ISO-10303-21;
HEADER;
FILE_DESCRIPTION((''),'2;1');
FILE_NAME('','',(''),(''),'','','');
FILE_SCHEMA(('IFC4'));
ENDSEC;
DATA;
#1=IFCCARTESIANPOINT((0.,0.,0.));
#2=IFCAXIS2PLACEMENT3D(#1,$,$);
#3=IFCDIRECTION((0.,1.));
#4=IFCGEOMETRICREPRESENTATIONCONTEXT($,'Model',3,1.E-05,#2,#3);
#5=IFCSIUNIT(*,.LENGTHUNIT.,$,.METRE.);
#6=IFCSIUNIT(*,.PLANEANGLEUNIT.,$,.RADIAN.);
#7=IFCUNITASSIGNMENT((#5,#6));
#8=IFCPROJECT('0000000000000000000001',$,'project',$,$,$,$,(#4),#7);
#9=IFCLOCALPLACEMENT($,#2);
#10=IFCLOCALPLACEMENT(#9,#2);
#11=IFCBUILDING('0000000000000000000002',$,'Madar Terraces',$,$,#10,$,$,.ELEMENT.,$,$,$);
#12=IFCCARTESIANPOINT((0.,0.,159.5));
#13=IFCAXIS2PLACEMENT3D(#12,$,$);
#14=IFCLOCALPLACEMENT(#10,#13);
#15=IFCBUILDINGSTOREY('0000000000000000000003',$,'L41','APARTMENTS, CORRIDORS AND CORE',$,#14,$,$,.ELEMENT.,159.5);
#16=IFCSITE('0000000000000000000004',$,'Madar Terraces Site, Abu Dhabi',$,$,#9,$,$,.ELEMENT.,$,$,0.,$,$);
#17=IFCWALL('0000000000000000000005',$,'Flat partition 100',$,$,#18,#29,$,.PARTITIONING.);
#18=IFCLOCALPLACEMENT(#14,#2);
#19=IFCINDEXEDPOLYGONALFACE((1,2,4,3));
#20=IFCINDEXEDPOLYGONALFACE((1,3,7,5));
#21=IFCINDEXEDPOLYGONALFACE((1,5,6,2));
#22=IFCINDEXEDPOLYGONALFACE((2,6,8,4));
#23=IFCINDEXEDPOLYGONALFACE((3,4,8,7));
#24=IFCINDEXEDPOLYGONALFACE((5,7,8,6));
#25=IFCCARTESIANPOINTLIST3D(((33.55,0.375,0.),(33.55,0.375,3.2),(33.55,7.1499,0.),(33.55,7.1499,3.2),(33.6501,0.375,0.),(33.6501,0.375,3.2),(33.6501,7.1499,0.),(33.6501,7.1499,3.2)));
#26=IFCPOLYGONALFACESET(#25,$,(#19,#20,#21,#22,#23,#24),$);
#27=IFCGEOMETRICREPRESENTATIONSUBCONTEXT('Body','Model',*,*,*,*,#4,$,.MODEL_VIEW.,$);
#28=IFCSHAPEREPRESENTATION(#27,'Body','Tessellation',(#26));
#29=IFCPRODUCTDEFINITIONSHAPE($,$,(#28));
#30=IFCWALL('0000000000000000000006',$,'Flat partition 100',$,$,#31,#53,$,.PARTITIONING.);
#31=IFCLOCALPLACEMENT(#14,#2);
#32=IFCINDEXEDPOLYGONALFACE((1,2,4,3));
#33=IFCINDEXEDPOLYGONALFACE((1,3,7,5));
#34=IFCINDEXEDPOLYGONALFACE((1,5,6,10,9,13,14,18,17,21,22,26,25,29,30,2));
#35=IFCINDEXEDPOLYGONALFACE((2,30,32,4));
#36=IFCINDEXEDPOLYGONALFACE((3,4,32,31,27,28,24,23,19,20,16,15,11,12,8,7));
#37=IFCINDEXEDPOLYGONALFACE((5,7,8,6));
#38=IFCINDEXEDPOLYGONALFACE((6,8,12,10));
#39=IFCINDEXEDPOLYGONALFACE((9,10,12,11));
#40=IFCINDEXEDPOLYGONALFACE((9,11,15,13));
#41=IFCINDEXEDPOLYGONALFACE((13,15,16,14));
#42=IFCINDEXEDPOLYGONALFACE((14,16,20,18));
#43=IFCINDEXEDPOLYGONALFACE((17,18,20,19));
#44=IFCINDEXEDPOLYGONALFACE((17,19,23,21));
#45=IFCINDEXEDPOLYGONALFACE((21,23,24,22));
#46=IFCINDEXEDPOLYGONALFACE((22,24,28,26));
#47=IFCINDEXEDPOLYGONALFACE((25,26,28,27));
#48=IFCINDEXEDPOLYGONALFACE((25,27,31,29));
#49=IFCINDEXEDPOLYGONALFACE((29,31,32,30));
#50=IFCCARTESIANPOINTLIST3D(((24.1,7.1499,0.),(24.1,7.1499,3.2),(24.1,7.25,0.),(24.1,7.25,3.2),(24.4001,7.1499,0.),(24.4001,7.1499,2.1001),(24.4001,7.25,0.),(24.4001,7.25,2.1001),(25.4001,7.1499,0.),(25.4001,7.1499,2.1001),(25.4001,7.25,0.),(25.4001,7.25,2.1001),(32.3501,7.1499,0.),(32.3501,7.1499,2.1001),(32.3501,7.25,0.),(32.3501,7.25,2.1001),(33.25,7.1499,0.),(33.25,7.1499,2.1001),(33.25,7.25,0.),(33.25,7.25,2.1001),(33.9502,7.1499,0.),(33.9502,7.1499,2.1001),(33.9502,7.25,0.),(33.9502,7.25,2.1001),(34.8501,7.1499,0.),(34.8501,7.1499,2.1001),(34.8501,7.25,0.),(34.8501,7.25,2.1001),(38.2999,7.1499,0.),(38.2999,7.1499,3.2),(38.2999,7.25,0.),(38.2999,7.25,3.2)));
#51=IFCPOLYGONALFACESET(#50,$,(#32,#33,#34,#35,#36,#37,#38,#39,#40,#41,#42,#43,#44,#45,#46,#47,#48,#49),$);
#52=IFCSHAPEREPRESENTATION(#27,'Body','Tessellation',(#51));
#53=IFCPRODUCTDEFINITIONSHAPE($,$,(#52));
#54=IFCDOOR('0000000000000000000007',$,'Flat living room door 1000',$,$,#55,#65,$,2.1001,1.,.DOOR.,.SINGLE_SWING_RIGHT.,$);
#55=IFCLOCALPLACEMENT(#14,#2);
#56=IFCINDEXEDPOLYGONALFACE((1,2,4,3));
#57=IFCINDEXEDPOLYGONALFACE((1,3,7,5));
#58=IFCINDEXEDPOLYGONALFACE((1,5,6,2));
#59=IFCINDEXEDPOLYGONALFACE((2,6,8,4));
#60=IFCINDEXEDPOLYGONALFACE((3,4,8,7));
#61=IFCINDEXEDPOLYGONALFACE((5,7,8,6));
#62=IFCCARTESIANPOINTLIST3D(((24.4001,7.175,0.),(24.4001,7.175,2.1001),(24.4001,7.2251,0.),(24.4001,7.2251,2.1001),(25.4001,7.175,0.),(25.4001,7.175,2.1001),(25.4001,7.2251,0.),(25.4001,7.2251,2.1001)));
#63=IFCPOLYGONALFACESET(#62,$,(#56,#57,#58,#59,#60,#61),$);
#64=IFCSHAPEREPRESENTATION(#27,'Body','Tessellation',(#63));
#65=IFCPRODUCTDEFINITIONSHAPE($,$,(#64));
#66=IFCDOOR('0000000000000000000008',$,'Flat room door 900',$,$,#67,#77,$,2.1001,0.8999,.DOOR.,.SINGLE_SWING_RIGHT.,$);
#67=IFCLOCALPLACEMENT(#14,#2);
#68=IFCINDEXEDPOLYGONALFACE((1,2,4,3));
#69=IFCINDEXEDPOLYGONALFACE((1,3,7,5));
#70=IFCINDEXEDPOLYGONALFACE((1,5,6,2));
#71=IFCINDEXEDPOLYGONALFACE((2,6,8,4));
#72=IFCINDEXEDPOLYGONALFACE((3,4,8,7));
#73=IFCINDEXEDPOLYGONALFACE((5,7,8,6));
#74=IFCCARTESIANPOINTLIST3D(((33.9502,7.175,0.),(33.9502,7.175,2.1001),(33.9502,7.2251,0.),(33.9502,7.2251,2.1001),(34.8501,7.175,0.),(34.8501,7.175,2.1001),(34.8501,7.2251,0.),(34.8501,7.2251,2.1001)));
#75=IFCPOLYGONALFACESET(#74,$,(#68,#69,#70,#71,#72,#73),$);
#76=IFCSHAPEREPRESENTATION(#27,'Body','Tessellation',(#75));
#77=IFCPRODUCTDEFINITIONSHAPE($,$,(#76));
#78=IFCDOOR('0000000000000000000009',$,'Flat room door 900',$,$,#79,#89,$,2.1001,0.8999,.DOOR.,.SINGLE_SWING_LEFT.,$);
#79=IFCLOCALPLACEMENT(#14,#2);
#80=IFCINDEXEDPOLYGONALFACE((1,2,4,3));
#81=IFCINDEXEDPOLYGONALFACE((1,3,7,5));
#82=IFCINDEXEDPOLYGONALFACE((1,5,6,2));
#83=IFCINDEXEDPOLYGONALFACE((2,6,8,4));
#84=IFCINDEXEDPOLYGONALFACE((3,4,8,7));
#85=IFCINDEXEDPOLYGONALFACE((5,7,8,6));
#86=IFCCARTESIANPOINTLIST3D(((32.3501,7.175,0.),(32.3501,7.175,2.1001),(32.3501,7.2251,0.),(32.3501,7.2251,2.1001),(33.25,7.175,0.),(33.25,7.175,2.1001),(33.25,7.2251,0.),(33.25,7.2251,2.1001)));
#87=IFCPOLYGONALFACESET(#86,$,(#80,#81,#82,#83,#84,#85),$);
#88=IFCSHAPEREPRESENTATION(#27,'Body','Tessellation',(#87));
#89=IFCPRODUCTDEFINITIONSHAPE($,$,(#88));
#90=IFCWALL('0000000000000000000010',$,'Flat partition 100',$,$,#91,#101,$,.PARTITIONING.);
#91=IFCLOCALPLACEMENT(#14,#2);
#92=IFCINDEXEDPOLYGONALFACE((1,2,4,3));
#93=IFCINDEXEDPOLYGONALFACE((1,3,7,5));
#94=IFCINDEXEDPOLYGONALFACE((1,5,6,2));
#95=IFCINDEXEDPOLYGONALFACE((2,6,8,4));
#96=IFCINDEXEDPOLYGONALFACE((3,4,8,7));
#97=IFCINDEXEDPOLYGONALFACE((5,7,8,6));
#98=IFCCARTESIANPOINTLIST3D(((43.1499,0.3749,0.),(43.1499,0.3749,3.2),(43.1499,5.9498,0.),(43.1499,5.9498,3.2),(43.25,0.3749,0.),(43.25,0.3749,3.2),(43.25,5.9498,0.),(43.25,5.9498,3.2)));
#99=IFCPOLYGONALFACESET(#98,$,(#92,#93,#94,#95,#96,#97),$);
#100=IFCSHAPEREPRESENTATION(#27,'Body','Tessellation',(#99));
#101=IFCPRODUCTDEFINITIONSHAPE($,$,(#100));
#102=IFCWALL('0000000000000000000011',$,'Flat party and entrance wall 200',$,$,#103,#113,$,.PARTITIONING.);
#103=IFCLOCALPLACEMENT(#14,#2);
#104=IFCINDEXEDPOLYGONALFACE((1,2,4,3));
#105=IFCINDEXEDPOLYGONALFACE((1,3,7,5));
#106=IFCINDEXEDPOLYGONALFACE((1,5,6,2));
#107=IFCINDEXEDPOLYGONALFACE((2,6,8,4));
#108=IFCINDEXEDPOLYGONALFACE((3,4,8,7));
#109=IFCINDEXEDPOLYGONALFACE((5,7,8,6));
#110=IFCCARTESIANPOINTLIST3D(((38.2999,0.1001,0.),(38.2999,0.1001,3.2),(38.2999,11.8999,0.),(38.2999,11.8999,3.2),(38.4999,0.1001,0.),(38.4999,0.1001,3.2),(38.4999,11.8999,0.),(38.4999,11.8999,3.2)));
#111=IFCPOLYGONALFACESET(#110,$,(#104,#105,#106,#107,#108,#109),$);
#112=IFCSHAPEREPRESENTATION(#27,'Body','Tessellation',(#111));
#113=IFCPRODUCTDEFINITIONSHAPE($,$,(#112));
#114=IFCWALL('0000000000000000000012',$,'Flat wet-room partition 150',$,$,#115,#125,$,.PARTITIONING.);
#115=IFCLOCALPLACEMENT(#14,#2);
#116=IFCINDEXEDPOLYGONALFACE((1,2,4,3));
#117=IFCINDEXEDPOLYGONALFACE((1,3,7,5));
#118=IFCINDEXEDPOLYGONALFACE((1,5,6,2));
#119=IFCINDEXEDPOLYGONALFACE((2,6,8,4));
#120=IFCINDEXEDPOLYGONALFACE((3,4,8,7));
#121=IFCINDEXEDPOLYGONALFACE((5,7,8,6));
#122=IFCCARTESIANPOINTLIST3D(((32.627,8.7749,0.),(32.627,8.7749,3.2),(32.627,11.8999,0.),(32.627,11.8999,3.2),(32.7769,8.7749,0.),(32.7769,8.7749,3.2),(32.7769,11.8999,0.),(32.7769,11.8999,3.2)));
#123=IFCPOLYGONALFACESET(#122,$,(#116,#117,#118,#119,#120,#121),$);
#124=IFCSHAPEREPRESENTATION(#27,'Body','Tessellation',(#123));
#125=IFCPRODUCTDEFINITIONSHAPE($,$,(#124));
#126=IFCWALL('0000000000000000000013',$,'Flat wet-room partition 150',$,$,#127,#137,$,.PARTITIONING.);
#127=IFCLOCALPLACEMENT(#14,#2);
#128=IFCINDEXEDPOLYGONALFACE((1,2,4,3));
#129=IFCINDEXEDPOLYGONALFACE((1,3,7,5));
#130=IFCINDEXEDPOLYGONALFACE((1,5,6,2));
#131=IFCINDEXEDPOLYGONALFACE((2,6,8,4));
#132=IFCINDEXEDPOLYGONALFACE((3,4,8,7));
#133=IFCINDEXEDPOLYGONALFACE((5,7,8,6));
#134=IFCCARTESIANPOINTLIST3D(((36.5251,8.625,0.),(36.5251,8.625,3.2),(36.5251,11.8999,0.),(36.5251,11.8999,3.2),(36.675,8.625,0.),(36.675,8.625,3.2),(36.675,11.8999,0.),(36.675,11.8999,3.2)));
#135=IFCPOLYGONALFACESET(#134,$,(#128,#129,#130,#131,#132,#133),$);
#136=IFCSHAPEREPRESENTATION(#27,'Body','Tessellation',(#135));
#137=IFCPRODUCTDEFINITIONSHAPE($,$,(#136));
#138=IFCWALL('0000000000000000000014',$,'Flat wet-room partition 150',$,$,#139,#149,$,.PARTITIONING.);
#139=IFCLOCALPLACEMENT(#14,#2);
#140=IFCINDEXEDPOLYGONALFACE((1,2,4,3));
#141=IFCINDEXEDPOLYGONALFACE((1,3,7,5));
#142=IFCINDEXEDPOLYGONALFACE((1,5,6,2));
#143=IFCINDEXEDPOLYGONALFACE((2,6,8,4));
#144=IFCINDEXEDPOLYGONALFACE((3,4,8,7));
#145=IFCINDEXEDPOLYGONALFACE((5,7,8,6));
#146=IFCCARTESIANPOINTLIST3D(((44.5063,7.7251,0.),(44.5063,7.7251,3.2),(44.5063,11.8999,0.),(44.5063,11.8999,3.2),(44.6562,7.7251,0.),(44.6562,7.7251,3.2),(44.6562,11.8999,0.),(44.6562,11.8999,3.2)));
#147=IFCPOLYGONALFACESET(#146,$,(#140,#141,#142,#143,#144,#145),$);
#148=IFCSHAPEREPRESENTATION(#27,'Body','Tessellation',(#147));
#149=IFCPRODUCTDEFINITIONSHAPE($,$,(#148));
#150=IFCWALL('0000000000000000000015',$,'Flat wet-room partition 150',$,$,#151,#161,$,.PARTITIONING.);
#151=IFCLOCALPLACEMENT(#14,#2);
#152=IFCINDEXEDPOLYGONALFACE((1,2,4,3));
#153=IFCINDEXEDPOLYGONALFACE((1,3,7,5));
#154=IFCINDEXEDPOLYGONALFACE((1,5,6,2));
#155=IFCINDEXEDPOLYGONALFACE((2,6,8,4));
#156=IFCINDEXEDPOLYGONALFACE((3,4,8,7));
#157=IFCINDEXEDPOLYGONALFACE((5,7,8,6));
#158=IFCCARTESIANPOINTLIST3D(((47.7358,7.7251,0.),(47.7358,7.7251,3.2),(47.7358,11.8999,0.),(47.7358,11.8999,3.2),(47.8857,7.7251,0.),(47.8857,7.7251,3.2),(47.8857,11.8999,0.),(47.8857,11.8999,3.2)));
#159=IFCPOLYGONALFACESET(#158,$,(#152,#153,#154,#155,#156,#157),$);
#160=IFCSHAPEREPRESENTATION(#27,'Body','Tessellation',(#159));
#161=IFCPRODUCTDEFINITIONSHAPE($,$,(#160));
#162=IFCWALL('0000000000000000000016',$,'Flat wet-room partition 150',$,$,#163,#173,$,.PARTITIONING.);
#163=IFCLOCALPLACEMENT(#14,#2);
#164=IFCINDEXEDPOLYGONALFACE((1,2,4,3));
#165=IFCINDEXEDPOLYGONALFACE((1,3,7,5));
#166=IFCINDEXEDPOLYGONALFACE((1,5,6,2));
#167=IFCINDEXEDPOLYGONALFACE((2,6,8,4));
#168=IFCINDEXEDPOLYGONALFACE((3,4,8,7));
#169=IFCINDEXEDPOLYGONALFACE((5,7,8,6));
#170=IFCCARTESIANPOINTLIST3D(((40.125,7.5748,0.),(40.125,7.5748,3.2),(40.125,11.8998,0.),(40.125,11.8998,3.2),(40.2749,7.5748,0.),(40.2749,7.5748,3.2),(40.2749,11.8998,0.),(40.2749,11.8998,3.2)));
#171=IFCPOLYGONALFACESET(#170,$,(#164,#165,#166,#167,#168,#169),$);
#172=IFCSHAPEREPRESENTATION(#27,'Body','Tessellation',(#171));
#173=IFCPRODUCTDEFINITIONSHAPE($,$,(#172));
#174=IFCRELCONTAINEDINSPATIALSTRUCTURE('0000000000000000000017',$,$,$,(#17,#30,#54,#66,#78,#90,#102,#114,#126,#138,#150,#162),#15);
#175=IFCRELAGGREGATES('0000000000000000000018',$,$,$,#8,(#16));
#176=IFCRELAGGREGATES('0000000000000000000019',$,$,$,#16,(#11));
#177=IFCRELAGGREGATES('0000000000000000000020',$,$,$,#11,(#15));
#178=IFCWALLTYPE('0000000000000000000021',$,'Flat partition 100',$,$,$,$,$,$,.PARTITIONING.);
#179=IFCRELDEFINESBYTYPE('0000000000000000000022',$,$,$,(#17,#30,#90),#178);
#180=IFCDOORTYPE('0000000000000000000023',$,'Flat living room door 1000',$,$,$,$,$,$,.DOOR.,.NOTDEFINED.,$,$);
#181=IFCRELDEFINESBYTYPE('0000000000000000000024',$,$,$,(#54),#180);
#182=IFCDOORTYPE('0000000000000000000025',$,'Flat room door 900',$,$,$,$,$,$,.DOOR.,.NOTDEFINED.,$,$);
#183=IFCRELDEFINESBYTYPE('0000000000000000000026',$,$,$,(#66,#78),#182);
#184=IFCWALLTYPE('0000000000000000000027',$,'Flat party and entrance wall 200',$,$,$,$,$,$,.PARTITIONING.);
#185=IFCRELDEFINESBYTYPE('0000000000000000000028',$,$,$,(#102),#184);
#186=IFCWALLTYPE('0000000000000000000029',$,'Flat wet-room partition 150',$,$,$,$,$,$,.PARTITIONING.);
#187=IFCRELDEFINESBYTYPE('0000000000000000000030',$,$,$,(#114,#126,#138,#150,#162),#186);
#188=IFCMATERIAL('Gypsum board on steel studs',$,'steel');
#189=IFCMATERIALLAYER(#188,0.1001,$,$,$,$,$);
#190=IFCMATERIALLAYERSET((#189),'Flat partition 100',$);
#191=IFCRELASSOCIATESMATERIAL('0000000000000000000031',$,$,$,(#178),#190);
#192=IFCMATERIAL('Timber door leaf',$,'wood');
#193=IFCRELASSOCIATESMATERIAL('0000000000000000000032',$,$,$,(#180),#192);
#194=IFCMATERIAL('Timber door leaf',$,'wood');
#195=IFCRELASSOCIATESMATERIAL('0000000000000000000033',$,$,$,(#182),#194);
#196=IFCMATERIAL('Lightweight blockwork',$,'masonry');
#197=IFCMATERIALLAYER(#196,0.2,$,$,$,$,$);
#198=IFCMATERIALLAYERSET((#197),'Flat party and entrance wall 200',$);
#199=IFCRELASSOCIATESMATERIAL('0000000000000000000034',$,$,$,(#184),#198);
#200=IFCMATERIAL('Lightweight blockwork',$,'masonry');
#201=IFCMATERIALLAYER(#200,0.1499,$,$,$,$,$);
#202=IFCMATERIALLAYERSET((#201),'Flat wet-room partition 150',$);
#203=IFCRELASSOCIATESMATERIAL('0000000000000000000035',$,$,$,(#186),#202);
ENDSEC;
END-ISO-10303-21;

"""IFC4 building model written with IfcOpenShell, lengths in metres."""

from ifc_helpers import new_model, si_unit, direction, frame, frame_2d, origin, place, context, subcontext, project, spatial, rectangle, extrude, material, layer, layer_set, type_object, element, fill, save


model = new_model("IFC4")

# Units and contexts
model_context = context("Model", 3, precision=1e-05, world=origin(), true_north=direction((0.0, 1.0)))
body_context = subcontext(model_context, "Body", "Model", "MODEL_VIEW")
ifc_project = project(units=[si_unit("LENGTHUNIT", "METRE"), si_unit("PLANEANGLEUNIT", "RADIAN")], contexts=[model_context])

# Site, building, storey
site_placement = place(None, origin())
site = spatial("IfcSite", under=ifc_project, at=site_placement, Name="Madar Terraces Site, Abu Dhabi", CompositionType="ELEMENT", RefElevation=0.0)
building_placement = place(site_placement, origin())
building = spatial("IfcBuilding", under=site, at=building_placement, Name="Madar Terraces", CompositionType="ELEMENT")
storey_placement = place(building_placement, frame((0.0, 0.0, 159.5)))
storey = spatial("IfcBuildingStorey", under=building, at=storey_placement, Name="L41", Description="APARTMENTS, CORRIDORS AND CORE", CompositionType="ELEMENT", Elevation=159.5)

# Wall
ifc_material_1 = material(Name="Gypsum board on steel studs", Category="steel")
ifc_layer_1 = layer(ifc_material_1, 0.1001)
ifc_layer_set_1 = layer_set([ifc_layer_1], Name="Flat partition 100")
wall_type_1 = type_object("IfcWallType", Name="Flat partition 100", PredefinedType="PARTITIONING", material=ifc_layer_set_1)
wall_1_placement = place(storey_placement, frame((33.6001, 7.1499, 0.0), z_axis=(0.0, 0.0, 1.0), x_axis=(0.0, -1.0, 0.0)))
element("IfcWall", 1, at=wall_1_placement, inside=storey, type_object=wall_type_1, Name="Flat partition 100", PredefinedType="PARTITIONING", context=body_context, shape_type="SweptSolid", body=[
    extrude(rectangle(XDim=6.7749, YDim=0.1001, at=frame_2d((3.3875, 0.0))), origin(), (0.0, 0.0, 1.0), 3.2),
])

# Wall, openings, doors
wall_2_placement = place(storey_placement, frame((38.3, 7.2, 0.0), z_axis=(0.0, 0.0, 1.0), x_axis=(-1.0, 0.0, 0.0)))
wall_2 = element("IfcWall", 2, at=wall_2_placement, inside=storey, type_object=wall_type_1, Name="Flat partition 100", PredefinedType="PARTITIONING", context=body_context, shape_type="SweptSolid", body=[
    extrude(rectangle(XDim=14.2, YDim=0.1001, at=frame_2d((7.1001, 0.0))), origin(), (0.0, 0.0, 1.0), 3.2),
])
opening_1_placement = place(wall_2_placement, frame((3.45, 0.0, 0.0)))
opening_1 = element("IfcOpeningElement", 3, at=opening_1_placement, cuts=wall_2, PredefinedType="OPENING", context=body_context, shape_type="SweptSolid", body=[
    extrude(rectangle(XDim=0.8999, YDim=2.1001, at=frame_2d((0.45, 1.05))), frame((0.0, 0.0601, 0.0), z_axis=(0.0, -1.0, 0.0), x_axis=(1.0, 0.0, 0.0)), (0.0, 0.0, 1.0), 0.1201),
])
opening_2_placement = place(wall_2_placement, frame((5.05, 0.0, 0.0)))
opening_2 = element("IfcOpeningElement", 4, at=opening_2_placement, cuts=wall_2, PredefinedType="OPENING", context=body_context, shape_type="SweptSolid", body=[
    extrude(rectangle(XDim=0.8999, YDim=2.1001, at=frame_2d((0.45, 1.05))), frame((0.0, 0.0601, 0.0), z_axis=(0.0, -1.0, 0.0), x_axis=(1.0, 0.0, 0.0)), (0.0, 0.0, 1.0), 0.1201),
])
opening_3_placement = place(wall_2_placement, frame((12.8999, 0.0, 0.0)))
opening_3 = element("IfcOpeningElement", 5, at=opening_3_placement, cuts=wall_2, PredefinedType="OPENING", context=body_context, shape_type="SweptSolid", body=[
    extrude(rectangle(XDim=1.0, YDim=2.1001, at=frame_2d((0.5, 1.05))), frame((0.0, 0.0601, 0.0), z_axis=(0.0, -1.0, 0.0), x_axis=(1.0, 0.0, 0.0)), (0.0, 0.0, 1.0), 0.1201),
])
ifc_material_2 = material(Name="Timber door leaf", Category="wood")
door_type_1 = type_object("IfcDoorType", Name="Flat living room door 1000", OperationType="NOTDEFINED", PredefinedType="DOOR", material=ifc_material_2)
door_1_placement = place(opening_3_placement, origin())
door_1 = element("IfcDoor", 6, at=door_1_placement, inside=storey, type_object=door_type_1, Name="Flat living room door 1000", OperationType="SINGLE_SWING_RIGHT", OverallHeight=2.1001, OverallWidth=1.0, PredefinedType="DOOR", context=body_context, shape_type="SweptSolid", body=[
    extrude(rectangle(XDim=1.0, YDim=2.1001, at=frame_2d((0.5, 1.05))), frame((0.0, 0.0249, 0.0), z_axis=(0.0, -1.0, 0.0), x_axis=(1.0, 0.0, 0.0)), (0.0, 0.0, 1.0), 0.05),
])
fill(opening_3, door_1)
ifc_material_3 = material(Name="Timber door leaf", Category="wood")
door_type_2 = type_object("IfcDoorType", Name="Flat room door 900", OperationType="NOTDEFINED", PredefinedType="DOOR", material=ifc_material_3)
door_2_placement = place(opening_1_placement, origin())
door_2 = element("IfcDoor", 7, at=door_2_placement, inside=storey, type_object=door_type_2, Name="Flat room door 900", OperationType="SINGLE_SWING_RIGHT", OverallHeight=2.1001, OverallWidth=0.8999, PredefinedType="DOOR", context=body_context, shape_type="SweptSolid", body=[
    extrude(rectangle(XDim=0.8999, YDim=2.1001, at=frame_2d((0.45, 1.05))), frame((0.0, 0.0249, 0.0), z_axis=(0.0, -1.0, 0.0), x_axis=(1.0, 0.0, 0.0)), (0.0, 0.0, 1.0), 0.05),
])
fill(opening_1, door_2)
door_3_placement = place(opening_2_placement, origin())
door_3 = element("IfcDoor", 8, at=door_3_placement, inside=storey, type_object=door_type_2, Name="Flat room door 900", OperationType="SINGLE_SWING_LEFT", OverallHeight=2.1001, OverallWidth=0.8999, PredefinedType="DOOR", context=body_context, shape_type="SweptSolid", body=[
    extrude(rectangle(XDim=0.8999, YDim=2.1001, at=frame_2d((0.45, 1.05))), frame((0.0, 0.0249, 0.0), z_axis=(0.0, -1.0, 0.0), x_axis=(1.0, 0.0, 0.0)), (0.0, 0.0, 1.0), 0.05),
])
fill(opening_2, door_3)

# Walls
wall_3_placement = place(storey_placement, frame((43.2, 5.95, 0.0), z_axis=(0.0, 0.0, 1.0), x_axis=(0.0, -1.0, 0.0)))
element("IfcWall", 9, at=wall_3_placement, inside=storey, type_object=wall_type_1, Name="Flat partition 100", PredefinedType="PARTITIONING", context=body_context, shape_type="SweptSolid", body=[
    extrude(rectangle(XDim=5.575, YDim=0.1001, at=frame_2d((2.7876, 0.0))), origin(), (0.0, 0.0, 1.0), 3.2),
])
ifc_material_4 = material(Name="Lightweight blockwork", Category="masonry")
ifc_layer_2 = layer(ifc_material_4, 0.2)
ifc_layer_set_2 = layer_set([ifc_layer_2], Name="Flat party and entrance wall 200")
wall_type_2 = type_object("IfcWallType", Name="Flat party and entrance wall 200", PredefinedType="PARTITIONING", material=ifc_layer_set_2)
wall_4_placement = place(storey_placement, frame((38.3999, 11.8999, 0.0), z_axis=(0.0, 0.0, 1.0), x_axis=(0.0, -1.0, 0.0)))
element("IfcWall", 10, at=wall_4_placement, inside=storey, type_object=wall_type_2, Name="Flat party and entrance wall 200", PredefinedType="PARTITIONING", context=body_context, shape_type="SweptSolid", body=[
    extrude(rectangle(XDim=11.7998, YDim=0.2, at=frame_2d((5.8999, 0.0))), origin(), (0.0, 0.0, 1.0), 3.2),
])
ifc_material_5 = material(Name="Lightweight blockwork", Category="masonry")
ifc_layer_3 = layer(ifc_material_5, 0.1499)
ifc_layer_set_3 = layer_set([ifc_layer_3], Name="Flat wet-room partition 150")
wall_type_3 = type_object("IfcWallType", Name="Flat wet-room partition 150", PredefinedType="PARTITIONING", material=ifc_layer_set_3)
wall_5_placement = place(storey_placement, frame((32.7019, 11.8999, 0.0), z_axis=(0.0, 0.0, 1.0), x_axis=(0.0, -1.0, 0.0)))
element("IfcWall", 11, at=wall_5_placement, inside=storey, type_object=wall_type_3, Name="Flat wet-room partition 150", PredefinedType="PARTITIONING", context=body_context, shape_type="SweptSolid", body=[
    extrude(rectangle(XDim=3.125, YDim=0.1499, at=frame_2d((1.5625, 0.0))), origin(), (0.0, 0.0, 1.0), 3.2),
])
wall_6_placement = place(storey_placement, frame((36.6001, 11.8999, 0.0), z_axis=(0.0, 0.0, 1.0), x_axis=(0.0, -1.0, 0.0)))
element("IfcWall", 12, at=wall_6_placement, inside=storey, type_object=wall_type_3, Name="Flat wet-room partition 150", PredefinedType="PARTITIONING", context=body_context, shape_type="SweptSolid", body=[
    extrude(rectangle(XDim=3.2749, YDim=0.1499, at=frame_2d((1.6375, 0.0))), origin(), (0.0, 0.0, 1.0), 3.2),
])
for number, where, z_axis, x_axis, name in (
    (13, (44.5813, 11.8999, 0.0), (0.0, 0.0, 1.0), (0.0, -1.0, 0.0), "Flat wet-room partition 150"),
    (14, (47.8108, 11.8999, 0.0), (0.0, 0.0, 1.0), (0.0, -1.0, 0.0), "Flat wet-room partition 150"),
):
    element("IfcWall", number, at=place(storey_placement, frame(where, z_axis=z_axis, x_axis=x_axis)), inside=storey, type_object=wall_type_3, Name=name, PredefinedType="PARTITIONING", context=body_context, shape_type="SweptSolid", body=[
        extrude(rectangle(XDim=4.1748, YDim=0.1499, at=frame_2d((2.0874, 0.0))), origin(), (0.0, 0.0, 1.0), 3.2),
    ])
wall_7_placement = place(storey_placement, frame((40.2, 11.8999, 0.0), z_axis=(0.0, 0.0, 1.0), x_axis=(0.0, -1.0, 0.0)))
element("IfcWall", 15, at=wall_7_placement, inside=storey, type_object=wall_type_3, Name="Flat wet-room partition 150", PredefinedType="PARTITIONING", context=body_context, shape_type="SweptSolid", body=[
    extrude(rectangle(XDim=4.325, YDim=0.1499, at=frame_2d((2.1626, 0.0))), origin(), (0.0, 0.0, 1.0), 3.2),
])

save(model, "model.ifc")
